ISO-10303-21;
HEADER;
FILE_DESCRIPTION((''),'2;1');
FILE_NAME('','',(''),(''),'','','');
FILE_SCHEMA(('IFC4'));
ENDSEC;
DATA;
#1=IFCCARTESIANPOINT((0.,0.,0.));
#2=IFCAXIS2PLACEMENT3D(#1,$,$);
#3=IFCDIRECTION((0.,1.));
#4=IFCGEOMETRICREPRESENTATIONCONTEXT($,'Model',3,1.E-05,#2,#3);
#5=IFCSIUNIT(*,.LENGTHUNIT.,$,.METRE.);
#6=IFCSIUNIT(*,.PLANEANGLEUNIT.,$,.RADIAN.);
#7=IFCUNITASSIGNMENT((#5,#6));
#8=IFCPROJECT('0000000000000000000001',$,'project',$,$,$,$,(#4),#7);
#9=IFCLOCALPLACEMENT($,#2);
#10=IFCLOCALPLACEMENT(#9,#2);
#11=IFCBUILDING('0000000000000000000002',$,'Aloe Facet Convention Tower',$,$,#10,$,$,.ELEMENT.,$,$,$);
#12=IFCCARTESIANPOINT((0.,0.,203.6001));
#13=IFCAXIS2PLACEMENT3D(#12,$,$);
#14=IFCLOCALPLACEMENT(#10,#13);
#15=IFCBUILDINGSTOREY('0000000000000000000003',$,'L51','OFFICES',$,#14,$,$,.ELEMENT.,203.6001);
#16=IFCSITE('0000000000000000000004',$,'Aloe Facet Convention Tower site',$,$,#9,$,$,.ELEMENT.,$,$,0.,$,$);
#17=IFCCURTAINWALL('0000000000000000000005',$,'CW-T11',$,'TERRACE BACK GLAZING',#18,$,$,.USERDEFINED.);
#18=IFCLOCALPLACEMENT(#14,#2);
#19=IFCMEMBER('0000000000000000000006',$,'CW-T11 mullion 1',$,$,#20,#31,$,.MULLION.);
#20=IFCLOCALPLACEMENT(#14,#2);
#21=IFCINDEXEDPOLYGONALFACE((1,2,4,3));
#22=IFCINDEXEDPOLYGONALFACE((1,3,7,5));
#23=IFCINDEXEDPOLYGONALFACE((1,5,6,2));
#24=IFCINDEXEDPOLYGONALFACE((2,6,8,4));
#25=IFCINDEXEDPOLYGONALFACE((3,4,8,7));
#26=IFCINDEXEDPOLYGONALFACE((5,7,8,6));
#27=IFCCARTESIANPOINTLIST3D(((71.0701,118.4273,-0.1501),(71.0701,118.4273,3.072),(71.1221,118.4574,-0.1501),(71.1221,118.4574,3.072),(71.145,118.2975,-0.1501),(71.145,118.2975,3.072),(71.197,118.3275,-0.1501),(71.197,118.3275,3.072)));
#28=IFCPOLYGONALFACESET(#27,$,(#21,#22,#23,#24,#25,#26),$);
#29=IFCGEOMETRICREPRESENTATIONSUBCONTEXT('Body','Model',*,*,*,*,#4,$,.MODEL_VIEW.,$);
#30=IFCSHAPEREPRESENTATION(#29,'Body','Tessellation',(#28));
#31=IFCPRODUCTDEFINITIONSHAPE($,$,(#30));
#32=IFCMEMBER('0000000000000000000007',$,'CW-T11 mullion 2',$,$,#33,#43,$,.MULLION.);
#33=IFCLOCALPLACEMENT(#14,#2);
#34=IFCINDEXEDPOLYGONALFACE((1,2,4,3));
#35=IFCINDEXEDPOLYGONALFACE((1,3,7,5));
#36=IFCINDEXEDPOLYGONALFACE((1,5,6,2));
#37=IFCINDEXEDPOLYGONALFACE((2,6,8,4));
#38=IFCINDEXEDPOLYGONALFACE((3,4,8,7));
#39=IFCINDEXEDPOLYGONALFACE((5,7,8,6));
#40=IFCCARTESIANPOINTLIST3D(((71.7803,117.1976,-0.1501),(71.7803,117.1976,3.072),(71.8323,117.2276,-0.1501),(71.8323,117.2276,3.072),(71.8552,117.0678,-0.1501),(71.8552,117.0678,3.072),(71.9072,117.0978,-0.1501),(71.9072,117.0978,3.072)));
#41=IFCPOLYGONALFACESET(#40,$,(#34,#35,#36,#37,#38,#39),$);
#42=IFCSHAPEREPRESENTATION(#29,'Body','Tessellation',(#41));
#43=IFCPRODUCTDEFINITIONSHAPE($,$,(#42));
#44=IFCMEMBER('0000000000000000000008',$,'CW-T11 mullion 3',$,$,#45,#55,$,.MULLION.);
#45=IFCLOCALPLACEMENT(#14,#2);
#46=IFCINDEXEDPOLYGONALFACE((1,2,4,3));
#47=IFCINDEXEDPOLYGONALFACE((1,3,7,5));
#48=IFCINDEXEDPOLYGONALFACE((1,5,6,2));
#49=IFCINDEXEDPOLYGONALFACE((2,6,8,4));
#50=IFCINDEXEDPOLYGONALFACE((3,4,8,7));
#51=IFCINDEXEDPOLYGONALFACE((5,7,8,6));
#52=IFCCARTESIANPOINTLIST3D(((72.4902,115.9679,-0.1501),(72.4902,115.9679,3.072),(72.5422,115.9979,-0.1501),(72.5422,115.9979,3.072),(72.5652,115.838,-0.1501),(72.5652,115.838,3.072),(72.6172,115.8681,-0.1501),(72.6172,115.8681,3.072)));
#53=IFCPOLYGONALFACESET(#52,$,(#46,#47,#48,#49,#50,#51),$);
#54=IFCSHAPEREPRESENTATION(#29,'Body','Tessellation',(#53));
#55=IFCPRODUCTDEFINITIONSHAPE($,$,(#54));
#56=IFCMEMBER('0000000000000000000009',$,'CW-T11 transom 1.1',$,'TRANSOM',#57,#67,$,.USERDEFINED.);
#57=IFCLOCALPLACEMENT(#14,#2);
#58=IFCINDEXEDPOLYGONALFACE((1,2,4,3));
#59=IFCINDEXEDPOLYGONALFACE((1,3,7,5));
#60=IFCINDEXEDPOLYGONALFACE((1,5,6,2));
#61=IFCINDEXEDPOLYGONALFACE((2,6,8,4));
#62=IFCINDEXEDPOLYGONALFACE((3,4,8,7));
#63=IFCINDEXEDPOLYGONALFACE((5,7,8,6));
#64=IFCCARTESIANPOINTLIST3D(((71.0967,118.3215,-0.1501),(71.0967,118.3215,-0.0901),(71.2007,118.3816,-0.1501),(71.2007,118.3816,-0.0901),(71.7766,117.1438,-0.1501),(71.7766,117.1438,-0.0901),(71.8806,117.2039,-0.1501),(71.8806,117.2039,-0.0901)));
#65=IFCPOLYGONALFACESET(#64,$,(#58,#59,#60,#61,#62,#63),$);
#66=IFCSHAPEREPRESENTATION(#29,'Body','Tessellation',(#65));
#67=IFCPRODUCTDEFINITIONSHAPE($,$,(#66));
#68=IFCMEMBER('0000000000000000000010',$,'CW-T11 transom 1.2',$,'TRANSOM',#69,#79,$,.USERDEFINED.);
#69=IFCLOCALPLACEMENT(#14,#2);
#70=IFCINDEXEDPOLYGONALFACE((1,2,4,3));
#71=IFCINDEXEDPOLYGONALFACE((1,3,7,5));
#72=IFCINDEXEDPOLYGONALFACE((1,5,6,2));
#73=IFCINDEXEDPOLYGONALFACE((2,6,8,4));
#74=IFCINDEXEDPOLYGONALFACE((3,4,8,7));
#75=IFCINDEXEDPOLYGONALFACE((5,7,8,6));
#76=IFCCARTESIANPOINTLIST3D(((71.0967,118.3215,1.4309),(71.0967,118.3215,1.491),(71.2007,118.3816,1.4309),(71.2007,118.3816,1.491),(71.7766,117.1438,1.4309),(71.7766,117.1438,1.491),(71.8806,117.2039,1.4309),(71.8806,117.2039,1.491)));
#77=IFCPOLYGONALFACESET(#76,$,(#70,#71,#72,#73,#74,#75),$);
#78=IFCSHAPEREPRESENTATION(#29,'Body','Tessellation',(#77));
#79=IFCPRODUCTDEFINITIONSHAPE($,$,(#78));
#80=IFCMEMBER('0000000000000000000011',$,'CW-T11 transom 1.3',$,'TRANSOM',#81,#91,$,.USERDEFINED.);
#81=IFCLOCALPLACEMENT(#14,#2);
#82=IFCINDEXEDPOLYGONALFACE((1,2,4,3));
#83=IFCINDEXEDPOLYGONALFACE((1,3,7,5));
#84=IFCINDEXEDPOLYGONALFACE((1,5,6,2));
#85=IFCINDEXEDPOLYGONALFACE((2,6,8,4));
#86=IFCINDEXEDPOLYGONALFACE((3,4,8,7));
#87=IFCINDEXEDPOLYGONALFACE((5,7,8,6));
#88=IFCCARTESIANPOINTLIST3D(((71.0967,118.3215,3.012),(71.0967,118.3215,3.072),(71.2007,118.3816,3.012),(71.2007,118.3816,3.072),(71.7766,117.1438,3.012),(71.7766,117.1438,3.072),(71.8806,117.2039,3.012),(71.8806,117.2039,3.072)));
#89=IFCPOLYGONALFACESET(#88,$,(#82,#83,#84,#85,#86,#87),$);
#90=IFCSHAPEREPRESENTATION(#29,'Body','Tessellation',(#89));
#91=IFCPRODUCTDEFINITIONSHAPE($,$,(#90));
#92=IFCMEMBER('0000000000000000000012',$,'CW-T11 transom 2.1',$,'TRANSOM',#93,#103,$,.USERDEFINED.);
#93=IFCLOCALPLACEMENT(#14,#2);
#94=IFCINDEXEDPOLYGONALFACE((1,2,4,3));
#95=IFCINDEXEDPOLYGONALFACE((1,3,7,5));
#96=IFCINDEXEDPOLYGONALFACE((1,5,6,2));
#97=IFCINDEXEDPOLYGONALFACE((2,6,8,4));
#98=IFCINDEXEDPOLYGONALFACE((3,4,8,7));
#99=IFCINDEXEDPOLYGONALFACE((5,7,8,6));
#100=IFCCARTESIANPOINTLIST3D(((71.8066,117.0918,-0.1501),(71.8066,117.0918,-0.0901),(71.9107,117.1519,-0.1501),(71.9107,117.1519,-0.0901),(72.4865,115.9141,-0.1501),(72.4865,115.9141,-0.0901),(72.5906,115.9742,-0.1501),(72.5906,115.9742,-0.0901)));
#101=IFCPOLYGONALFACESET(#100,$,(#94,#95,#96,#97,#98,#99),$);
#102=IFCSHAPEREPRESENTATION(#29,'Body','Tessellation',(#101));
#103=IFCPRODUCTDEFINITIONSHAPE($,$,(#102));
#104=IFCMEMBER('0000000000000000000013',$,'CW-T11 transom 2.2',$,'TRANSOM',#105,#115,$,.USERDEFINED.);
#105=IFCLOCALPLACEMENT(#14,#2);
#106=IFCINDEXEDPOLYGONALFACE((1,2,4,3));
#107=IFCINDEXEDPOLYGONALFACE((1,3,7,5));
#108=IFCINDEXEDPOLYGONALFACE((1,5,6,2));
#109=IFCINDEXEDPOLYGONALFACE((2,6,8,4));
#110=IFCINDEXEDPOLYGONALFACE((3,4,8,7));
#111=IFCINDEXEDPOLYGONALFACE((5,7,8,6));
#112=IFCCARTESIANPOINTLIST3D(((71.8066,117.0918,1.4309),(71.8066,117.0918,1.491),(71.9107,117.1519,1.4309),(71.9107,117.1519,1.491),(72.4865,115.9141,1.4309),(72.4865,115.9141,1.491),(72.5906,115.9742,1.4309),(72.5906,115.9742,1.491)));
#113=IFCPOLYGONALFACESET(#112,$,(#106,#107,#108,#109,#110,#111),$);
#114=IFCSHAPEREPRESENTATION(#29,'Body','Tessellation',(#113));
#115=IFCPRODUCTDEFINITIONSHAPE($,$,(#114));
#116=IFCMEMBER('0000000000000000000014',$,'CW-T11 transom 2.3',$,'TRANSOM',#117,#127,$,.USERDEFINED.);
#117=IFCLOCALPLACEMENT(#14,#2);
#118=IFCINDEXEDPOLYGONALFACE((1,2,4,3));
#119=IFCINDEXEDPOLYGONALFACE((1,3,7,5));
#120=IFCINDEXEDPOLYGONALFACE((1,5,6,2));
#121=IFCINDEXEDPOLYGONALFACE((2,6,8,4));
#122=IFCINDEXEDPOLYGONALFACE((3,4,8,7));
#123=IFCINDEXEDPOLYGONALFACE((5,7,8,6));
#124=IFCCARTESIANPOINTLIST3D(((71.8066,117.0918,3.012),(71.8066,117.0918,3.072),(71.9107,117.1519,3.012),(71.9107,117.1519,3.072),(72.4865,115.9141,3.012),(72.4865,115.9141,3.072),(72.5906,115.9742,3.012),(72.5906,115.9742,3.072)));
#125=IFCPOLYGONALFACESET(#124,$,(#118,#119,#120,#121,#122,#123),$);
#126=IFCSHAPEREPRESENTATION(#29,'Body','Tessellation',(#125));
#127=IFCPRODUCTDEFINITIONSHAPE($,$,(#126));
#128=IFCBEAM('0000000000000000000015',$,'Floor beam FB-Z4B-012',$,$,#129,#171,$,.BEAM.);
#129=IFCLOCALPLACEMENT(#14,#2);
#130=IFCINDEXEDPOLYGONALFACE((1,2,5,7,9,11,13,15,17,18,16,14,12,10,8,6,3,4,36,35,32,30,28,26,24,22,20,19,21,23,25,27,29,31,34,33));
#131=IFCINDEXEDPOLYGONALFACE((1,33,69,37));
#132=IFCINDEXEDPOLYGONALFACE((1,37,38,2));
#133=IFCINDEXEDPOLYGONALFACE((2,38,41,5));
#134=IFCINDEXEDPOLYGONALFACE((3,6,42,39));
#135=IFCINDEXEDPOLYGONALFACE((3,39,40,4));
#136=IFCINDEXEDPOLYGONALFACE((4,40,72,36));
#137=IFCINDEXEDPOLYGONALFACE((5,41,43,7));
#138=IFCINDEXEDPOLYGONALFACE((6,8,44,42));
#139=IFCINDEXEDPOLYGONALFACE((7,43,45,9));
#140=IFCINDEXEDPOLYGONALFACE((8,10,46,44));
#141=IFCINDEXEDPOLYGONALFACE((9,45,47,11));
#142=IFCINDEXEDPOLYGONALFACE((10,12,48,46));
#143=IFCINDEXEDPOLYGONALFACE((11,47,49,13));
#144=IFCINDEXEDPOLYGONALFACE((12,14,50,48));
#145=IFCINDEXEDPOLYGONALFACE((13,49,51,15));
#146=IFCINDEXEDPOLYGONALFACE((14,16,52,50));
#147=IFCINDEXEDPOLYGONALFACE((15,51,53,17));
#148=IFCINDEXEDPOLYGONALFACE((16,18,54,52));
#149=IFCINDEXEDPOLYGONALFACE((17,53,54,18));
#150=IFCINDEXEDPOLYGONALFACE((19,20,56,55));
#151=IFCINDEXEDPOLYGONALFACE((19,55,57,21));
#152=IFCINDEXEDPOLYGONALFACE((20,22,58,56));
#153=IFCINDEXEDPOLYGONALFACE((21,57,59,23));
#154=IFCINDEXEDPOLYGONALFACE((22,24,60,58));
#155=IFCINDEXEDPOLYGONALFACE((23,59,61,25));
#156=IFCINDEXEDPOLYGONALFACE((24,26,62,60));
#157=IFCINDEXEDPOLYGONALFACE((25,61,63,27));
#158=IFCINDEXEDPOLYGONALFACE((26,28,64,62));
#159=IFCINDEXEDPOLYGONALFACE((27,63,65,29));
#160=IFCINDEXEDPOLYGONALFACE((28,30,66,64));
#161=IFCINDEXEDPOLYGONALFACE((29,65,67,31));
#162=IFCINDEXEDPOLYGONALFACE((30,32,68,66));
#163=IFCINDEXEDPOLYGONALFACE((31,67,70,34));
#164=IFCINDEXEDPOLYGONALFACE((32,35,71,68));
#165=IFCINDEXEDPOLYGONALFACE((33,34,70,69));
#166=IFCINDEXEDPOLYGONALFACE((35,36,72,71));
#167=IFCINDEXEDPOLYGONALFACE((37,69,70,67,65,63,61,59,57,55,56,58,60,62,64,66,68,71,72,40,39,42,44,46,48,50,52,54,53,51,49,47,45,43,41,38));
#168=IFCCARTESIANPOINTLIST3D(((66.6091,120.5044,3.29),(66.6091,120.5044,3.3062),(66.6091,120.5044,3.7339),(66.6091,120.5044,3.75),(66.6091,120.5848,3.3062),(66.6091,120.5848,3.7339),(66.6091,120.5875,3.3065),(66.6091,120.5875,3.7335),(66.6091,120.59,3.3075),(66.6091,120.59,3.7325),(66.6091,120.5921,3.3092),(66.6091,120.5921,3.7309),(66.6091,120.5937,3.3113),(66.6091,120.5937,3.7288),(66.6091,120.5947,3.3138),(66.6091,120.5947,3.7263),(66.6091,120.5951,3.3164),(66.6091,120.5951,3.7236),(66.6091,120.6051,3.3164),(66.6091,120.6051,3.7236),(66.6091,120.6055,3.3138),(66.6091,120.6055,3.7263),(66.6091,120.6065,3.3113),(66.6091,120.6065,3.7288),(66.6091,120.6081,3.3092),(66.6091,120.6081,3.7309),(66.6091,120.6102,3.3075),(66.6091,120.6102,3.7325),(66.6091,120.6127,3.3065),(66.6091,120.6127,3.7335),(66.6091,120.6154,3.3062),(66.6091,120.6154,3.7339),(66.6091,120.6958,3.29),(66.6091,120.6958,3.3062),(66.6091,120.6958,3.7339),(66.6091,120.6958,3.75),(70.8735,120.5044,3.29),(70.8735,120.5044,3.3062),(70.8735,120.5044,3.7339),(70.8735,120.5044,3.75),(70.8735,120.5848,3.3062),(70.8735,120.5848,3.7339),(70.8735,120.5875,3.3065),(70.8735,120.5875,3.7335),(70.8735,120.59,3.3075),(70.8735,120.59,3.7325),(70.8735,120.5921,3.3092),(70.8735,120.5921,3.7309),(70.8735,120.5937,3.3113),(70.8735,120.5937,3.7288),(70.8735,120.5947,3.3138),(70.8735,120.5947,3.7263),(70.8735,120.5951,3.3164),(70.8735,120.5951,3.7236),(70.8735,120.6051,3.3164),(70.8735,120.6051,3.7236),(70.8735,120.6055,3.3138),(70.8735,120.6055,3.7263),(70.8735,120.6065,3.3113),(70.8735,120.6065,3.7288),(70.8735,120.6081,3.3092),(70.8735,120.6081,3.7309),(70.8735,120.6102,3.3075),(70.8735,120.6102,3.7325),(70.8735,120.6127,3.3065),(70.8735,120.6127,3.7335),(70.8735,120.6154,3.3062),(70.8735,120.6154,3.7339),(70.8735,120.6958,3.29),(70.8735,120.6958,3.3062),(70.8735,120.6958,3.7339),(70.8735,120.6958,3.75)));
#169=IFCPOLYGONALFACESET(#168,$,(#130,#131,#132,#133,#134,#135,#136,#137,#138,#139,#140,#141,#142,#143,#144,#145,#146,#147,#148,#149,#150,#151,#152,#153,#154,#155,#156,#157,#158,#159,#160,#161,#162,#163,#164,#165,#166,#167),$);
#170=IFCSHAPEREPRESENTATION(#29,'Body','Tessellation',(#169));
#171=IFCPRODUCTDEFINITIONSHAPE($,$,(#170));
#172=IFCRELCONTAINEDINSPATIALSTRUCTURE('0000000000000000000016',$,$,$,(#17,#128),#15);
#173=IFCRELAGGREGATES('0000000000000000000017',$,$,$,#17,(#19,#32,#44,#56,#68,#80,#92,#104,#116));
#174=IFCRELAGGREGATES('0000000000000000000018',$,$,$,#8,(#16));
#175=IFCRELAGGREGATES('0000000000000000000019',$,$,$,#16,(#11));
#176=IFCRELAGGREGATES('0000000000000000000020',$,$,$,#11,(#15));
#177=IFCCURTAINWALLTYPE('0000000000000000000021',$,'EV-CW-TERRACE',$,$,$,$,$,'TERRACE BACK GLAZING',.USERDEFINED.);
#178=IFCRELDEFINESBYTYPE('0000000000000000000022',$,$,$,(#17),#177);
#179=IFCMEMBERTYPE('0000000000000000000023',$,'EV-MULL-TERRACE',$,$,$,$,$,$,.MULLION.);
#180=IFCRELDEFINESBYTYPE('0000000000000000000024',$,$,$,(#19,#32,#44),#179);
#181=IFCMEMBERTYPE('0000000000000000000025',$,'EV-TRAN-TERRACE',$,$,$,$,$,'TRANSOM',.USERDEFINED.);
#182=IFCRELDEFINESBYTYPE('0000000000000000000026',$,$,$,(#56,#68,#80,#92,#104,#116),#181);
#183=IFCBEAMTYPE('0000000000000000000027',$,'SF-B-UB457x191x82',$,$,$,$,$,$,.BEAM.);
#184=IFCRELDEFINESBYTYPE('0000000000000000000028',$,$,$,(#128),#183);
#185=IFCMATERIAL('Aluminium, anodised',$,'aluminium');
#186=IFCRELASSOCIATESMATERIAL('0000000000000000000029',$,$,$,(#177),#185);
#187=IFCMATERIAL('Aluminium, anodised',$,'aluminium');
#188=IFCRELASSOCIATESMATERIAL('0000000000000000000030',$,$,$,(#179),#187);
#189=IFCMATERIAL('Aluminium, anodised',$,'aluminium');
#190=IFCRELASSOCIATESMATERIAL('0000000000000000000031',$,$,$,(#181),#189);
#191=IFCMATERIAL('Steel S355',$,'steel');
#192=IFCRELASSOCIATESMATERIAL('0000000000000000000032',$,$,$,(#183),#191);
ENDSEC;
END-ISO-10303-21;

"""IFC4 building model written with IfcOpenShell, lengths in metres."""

from ifc_helpers import new_model, si_unit, direction, frame, origin, origin_2d, place, context, subcontext, project, spatial, rectangle, i_section, extrude, material, material_profile, profile_set, type_object, element, aggregate, save


model = new_model("IFC4")

# Units and contexts
model_context = context("Model", 3, precision=1e-05, world=origin(), true_north=direction((0.0, 1.0)))
body_context = subcontext(model_context, "Body", "Model", "MODEL_VIEW")
ifc_project = project(units=[si_unit("LENGTHUNIT", "METRE"), si_unit("PLANEANGLEUNIT", "RADIAN")], contexts=[model_context])

# Site, building, storey
site_placement = place(None, origin())
site = spatial("IfcSite", under=ifc_project, at=site_placement, Name="Aloe Facet Convention Tower site", CompositionType="ELEMENT", RefElevation=0.0)
building_placement = place(site_placement, origin())
building = spatial("IfcBuilding", under=site, at=building_placement, Name="Aloe Facet Convention Tower", CompositionType="ELEMENT")
storey_placement = place(building_placement, frame((0.0, 0.0, 203.6001)))
storey = spatial("IfcBuildingStorey", under=building, at=storey_placement, Name="L51", Description="OFFICES", CompositionType="ELEMENT", Elevation=203.6001)

# Curtain wall, members
ifc_material_1 = material(Name="Aluminium, anodised", Category="aluminium")
curtain_wall_type = type_object("IfcCurtainWallType", Name="EV-CW-TERRACE", ElementType="TERRACE BACK GLAZING", PredefinedType="USERDEFINED", material=ifc_material_1)
curtain_wall_placement = place(storey_placement, origin())
curtain_wall = element("IfcCurtainWall", 1, at=curtain_wall_placement, inside=storey, type_object=curtain_wall_type, Name="CW-T11", ObjectType="TERRACE BACK GLAZING", PredefinedType="USERDEFINED")
ifc_material_2 = material(Name="Aluminium, anodised", Category="aluminium")
ifc_material_profile_1 = material_profile(ifc_material_2, rectangle(XDim=0.0601, YDim=0.1499, at=origin_2d()), Name="AL 60x150")
ifc_profile_set_1 = profile_set([ifc_material_profile_1], Name="Aluminium, anodised")
member_type_1 = type_object("IfcMemberType", Name="EV-MULL-TERRACE", PredefinedType="MULLION", material=ifc_profile_set_1)
member_1_placement = place(storey_placement, frame((71.1335, 118.3774, -0.1501), z_axis=(0.0, 0.0, 1.0), x_axis=(0.866025, 0.5, 0.0)))
member_1 = element("IfcMember", 2, at=member_1_placement, type_object=member_type_1, Name="CW-T11 mullion 1", PredefinedType="MULLION", context=body_context, shape_type="SweptSolid", body=[
    extrude(rectangle(XDim=0.0601, YDim=0.1499, at=origin_2d()), origin(), (0.0, 0.0, 1.0), 3.2222),
])
member_2_placement = place(storey_placement, frame((71.8438, 117.1477, -0.1501), z_axis=(0.0, 0.0, 1.0), x_axis=(0.866025, 0.5, 0.0)))
member_2 = element("IfcMember", 3, at=member_2_placement, type_object=member_type_1, Name="CW-T11 mullion 2", PredefinedType="MULLION", context=body_context, shape_type="SweptSolid", body=[
    extrude(rectangle(XDim=0.0601, YDim=0.1499, at=origin_2d()), origin(), (0.0, 0.0, 1.0), 3.2222),
])
member_3_placement = place(storey_placement, frame((72.5537, 115.918, -0.1501), z_axis=(0.0, 0.0, 1.0), x_axis=(0.866025, 0.5, 0.0)))
member_3 = element("IfcMember", 4, at=member_3_placement, type_object=member_type_1, Name="CW-T11 mullion 3", PredefinedType="MULLION", context=body_context, shape_type="SweptSolid", body=[
    extrude(rectangle(XDim=0.0601, YDim=0.1499, at=origin_2d()), origin(), (0.0, 0.0, 1.0), 3.2222),
])
ifc_material_3 = material(Name="Aluminium, anodised", Category="aluminium")
ifc_material_profile_2 = material_profile(ifc_material_3, rectangle(XDim=0.1201, YDim=0.0601, at=origin_2d()), Name="AL 120x60")
ifc_profile_set_2 = profile_set([ifc_material_profile_2], Name="Aluminium, anodised")
member_type_2 = type_object("IfcMemberType", Name="EV-TRAN-TERRACE", ElementType="TRANSOM", PredefinedType="USERDEFINED", material=ifc_profile_set_2)
member_4_placement = place(storey_placement, frame((71.1487, 118.3516, -0.1201), z_axis=(0.499981, -0.866036, 0.0), x_axis=(0.866036, 0.499981, 0.0)))
member_4 = element("IfcMember", 5, at=member_4_placement, type_object=member_type_2, Name="CW-T11 transom 1.1", ObjectType="TRANSOM", PredefinedType="USERDEFINED", context=body_context, shape_type="SweptSolid", body=[
    extrude(rectangle(XDim=0.1201, YDim=0.0601, at=origin_2d()), origin(), (0.0, 0.0, 1.0), 1.3599),
])
member_5_placement = place(storey_placement, frame((71.1487, 118.3516, 1.4609), z_axis=(0.499981, -0.866036, 0.0), x_axis=(0.866036, 0.499981, 0.0)))
member_5 = element("IfcMember", 6, at=member_5_placement, type_object=member_type_2, Name="CW-T11 transom 1.2", ObjectType="TRANSOM", PredefinedType="USERDEFINED", context=body_context, shape_type="SweptSolid", body=[
    extrude(rectangle(XDim=0.1201, YDim=0.0601, at=origin_2d()), origin(), (0.0, 0.0, 1.0), 1.3599),
])
member_6_placement = place(storey_placement, frame((71.1487, 118.3516, 3.042), z_axis=(0.499981, -0.866036, 0.0), x_axis=(0.866036, 0.499981, 0.0)))
member_6 = element("IfcMember", 7, at=member_6_placement, type_object=member_type_2, Name="CW-T11 transom 1.3", ObjectType="TRANSOM", PredefinedType="USERDEFINED", context=body_context, shape_type="SweptSolid", body=[
    extrude(rectangle(XDim=0.1201, YDim=0.0601, at=origin_2d()), origin(), (0.0, 0.0, 1.0), 1.3599),
])
member_7_placement = place(storey_placement, frame((71.8586, 117.1218, -0.1201), z_axis=(0.499981, -0.866036, 0.0), x_axis=(0.866036, 0.499981, 0.0)))
member_7 = element("IfcMember", 8, at=member_7_placement, type_object=member_type_2, Name="CW-T11 transom 2.1", ObjectType="TRANSOM", PredefinedType="USERDEFINED", context=body_context, shape_type="SweptSolid", body=[
    extrude(rectangle(XDim=0.1201, YDim=0.0601, at=origin_2d()), origin(), (0.0, 0.0, 1.0), 1.3599),
])
member_8_placement = place(storey_placement, frame((71.8586, 117.1218, 1.4609), z_axis=(0.499981, -0.866036, 0.0), x_axis=(0.866036, 0.499981, 0.0)))
member_8 = element("IfcMember", 9, at=member_8_placement, type_object=member_type_2, Name="CW-T11 transom 2.2", ObjectType="TRANSOM", PredefinedType="USERDEFINED", context=body_context, shape_type="SweptSolid", body=[
    extrude(rectangle(XDim=0.1201, YDim=0.0601, at=origin_2d()), origin(), (0.0, 0.0, 1.0), 1.3599),
])
member_9_placement = place(storey_placement, frame((71.8586, 117.1218, 3.042), z_axis=(0.499981, -0.866036, 0.0), x_axis=(0.866036, 0.499981, 0.0)))
member_9 = element("IfcMember", 10, at=member_9_placement, type_object=member_type_2, Name="CW-T11 transom 2.3", ObjectType="TRANSOM", PredefinedType="USERDEFINED", context=body_context, shape_type="SweptSolid", body=[
    extrude(rectangle(XDim=0.1201, YDim=0.0601, at=origin_2d()), origin(), (0.0, 0.0, 1.0), 1.3599),
])

# Beam
ifc_material_4 = material(Name="Steel S355", Category="steel")
ifc_material_profile_3 = material_profile(ifc_material_4, i_section(OverallWidth=0.1914, OverallDepth=0.46, WebThickness=0.01, FlangeThickness=0.0161, FilletRadius=0.0103, at=origin_2d()), Name="UB 457x191x82")
ifc_profile_set_3 = profile_set([ifc_material_profile_3], Name="Steel S355")
beam_type_1 = type_object("IfcBeamType", Name="SF-B-UB457x191x82", PredefinedType="BEAM", material=ifc_profile_set_3)
beam_1_placement = place(storey_placement, frame((66.6091, 120.6001, 3.52), z_axis=(1.0, 0.0, 0.0), x_axis=(0.0, 1.0, 0.0)))
element("IfcBeam", 11, at=beam_1_placement, inside=storey, type_object=beam_type_1, Name="Floor beam FB-Z4B-012", PredefinedType="BEAM", context=body_context, shape_type="SweptSolid", body=[
    extrude(i_section(OverallWidth=0.1914, OverallDepth=0.46, WebThickness=0.01, FlangeThickness=0.0161, FilletRadius=0.0103, at=origin_2d()), origin(), (0.0, 0.0, 1.0), 4.2644),
])

aggregate(curtain_wall, [member_1, member_2, member_3, member_4, member_5, member_6, member_7, member_8, member_9])

save(model, "model.ifc")
